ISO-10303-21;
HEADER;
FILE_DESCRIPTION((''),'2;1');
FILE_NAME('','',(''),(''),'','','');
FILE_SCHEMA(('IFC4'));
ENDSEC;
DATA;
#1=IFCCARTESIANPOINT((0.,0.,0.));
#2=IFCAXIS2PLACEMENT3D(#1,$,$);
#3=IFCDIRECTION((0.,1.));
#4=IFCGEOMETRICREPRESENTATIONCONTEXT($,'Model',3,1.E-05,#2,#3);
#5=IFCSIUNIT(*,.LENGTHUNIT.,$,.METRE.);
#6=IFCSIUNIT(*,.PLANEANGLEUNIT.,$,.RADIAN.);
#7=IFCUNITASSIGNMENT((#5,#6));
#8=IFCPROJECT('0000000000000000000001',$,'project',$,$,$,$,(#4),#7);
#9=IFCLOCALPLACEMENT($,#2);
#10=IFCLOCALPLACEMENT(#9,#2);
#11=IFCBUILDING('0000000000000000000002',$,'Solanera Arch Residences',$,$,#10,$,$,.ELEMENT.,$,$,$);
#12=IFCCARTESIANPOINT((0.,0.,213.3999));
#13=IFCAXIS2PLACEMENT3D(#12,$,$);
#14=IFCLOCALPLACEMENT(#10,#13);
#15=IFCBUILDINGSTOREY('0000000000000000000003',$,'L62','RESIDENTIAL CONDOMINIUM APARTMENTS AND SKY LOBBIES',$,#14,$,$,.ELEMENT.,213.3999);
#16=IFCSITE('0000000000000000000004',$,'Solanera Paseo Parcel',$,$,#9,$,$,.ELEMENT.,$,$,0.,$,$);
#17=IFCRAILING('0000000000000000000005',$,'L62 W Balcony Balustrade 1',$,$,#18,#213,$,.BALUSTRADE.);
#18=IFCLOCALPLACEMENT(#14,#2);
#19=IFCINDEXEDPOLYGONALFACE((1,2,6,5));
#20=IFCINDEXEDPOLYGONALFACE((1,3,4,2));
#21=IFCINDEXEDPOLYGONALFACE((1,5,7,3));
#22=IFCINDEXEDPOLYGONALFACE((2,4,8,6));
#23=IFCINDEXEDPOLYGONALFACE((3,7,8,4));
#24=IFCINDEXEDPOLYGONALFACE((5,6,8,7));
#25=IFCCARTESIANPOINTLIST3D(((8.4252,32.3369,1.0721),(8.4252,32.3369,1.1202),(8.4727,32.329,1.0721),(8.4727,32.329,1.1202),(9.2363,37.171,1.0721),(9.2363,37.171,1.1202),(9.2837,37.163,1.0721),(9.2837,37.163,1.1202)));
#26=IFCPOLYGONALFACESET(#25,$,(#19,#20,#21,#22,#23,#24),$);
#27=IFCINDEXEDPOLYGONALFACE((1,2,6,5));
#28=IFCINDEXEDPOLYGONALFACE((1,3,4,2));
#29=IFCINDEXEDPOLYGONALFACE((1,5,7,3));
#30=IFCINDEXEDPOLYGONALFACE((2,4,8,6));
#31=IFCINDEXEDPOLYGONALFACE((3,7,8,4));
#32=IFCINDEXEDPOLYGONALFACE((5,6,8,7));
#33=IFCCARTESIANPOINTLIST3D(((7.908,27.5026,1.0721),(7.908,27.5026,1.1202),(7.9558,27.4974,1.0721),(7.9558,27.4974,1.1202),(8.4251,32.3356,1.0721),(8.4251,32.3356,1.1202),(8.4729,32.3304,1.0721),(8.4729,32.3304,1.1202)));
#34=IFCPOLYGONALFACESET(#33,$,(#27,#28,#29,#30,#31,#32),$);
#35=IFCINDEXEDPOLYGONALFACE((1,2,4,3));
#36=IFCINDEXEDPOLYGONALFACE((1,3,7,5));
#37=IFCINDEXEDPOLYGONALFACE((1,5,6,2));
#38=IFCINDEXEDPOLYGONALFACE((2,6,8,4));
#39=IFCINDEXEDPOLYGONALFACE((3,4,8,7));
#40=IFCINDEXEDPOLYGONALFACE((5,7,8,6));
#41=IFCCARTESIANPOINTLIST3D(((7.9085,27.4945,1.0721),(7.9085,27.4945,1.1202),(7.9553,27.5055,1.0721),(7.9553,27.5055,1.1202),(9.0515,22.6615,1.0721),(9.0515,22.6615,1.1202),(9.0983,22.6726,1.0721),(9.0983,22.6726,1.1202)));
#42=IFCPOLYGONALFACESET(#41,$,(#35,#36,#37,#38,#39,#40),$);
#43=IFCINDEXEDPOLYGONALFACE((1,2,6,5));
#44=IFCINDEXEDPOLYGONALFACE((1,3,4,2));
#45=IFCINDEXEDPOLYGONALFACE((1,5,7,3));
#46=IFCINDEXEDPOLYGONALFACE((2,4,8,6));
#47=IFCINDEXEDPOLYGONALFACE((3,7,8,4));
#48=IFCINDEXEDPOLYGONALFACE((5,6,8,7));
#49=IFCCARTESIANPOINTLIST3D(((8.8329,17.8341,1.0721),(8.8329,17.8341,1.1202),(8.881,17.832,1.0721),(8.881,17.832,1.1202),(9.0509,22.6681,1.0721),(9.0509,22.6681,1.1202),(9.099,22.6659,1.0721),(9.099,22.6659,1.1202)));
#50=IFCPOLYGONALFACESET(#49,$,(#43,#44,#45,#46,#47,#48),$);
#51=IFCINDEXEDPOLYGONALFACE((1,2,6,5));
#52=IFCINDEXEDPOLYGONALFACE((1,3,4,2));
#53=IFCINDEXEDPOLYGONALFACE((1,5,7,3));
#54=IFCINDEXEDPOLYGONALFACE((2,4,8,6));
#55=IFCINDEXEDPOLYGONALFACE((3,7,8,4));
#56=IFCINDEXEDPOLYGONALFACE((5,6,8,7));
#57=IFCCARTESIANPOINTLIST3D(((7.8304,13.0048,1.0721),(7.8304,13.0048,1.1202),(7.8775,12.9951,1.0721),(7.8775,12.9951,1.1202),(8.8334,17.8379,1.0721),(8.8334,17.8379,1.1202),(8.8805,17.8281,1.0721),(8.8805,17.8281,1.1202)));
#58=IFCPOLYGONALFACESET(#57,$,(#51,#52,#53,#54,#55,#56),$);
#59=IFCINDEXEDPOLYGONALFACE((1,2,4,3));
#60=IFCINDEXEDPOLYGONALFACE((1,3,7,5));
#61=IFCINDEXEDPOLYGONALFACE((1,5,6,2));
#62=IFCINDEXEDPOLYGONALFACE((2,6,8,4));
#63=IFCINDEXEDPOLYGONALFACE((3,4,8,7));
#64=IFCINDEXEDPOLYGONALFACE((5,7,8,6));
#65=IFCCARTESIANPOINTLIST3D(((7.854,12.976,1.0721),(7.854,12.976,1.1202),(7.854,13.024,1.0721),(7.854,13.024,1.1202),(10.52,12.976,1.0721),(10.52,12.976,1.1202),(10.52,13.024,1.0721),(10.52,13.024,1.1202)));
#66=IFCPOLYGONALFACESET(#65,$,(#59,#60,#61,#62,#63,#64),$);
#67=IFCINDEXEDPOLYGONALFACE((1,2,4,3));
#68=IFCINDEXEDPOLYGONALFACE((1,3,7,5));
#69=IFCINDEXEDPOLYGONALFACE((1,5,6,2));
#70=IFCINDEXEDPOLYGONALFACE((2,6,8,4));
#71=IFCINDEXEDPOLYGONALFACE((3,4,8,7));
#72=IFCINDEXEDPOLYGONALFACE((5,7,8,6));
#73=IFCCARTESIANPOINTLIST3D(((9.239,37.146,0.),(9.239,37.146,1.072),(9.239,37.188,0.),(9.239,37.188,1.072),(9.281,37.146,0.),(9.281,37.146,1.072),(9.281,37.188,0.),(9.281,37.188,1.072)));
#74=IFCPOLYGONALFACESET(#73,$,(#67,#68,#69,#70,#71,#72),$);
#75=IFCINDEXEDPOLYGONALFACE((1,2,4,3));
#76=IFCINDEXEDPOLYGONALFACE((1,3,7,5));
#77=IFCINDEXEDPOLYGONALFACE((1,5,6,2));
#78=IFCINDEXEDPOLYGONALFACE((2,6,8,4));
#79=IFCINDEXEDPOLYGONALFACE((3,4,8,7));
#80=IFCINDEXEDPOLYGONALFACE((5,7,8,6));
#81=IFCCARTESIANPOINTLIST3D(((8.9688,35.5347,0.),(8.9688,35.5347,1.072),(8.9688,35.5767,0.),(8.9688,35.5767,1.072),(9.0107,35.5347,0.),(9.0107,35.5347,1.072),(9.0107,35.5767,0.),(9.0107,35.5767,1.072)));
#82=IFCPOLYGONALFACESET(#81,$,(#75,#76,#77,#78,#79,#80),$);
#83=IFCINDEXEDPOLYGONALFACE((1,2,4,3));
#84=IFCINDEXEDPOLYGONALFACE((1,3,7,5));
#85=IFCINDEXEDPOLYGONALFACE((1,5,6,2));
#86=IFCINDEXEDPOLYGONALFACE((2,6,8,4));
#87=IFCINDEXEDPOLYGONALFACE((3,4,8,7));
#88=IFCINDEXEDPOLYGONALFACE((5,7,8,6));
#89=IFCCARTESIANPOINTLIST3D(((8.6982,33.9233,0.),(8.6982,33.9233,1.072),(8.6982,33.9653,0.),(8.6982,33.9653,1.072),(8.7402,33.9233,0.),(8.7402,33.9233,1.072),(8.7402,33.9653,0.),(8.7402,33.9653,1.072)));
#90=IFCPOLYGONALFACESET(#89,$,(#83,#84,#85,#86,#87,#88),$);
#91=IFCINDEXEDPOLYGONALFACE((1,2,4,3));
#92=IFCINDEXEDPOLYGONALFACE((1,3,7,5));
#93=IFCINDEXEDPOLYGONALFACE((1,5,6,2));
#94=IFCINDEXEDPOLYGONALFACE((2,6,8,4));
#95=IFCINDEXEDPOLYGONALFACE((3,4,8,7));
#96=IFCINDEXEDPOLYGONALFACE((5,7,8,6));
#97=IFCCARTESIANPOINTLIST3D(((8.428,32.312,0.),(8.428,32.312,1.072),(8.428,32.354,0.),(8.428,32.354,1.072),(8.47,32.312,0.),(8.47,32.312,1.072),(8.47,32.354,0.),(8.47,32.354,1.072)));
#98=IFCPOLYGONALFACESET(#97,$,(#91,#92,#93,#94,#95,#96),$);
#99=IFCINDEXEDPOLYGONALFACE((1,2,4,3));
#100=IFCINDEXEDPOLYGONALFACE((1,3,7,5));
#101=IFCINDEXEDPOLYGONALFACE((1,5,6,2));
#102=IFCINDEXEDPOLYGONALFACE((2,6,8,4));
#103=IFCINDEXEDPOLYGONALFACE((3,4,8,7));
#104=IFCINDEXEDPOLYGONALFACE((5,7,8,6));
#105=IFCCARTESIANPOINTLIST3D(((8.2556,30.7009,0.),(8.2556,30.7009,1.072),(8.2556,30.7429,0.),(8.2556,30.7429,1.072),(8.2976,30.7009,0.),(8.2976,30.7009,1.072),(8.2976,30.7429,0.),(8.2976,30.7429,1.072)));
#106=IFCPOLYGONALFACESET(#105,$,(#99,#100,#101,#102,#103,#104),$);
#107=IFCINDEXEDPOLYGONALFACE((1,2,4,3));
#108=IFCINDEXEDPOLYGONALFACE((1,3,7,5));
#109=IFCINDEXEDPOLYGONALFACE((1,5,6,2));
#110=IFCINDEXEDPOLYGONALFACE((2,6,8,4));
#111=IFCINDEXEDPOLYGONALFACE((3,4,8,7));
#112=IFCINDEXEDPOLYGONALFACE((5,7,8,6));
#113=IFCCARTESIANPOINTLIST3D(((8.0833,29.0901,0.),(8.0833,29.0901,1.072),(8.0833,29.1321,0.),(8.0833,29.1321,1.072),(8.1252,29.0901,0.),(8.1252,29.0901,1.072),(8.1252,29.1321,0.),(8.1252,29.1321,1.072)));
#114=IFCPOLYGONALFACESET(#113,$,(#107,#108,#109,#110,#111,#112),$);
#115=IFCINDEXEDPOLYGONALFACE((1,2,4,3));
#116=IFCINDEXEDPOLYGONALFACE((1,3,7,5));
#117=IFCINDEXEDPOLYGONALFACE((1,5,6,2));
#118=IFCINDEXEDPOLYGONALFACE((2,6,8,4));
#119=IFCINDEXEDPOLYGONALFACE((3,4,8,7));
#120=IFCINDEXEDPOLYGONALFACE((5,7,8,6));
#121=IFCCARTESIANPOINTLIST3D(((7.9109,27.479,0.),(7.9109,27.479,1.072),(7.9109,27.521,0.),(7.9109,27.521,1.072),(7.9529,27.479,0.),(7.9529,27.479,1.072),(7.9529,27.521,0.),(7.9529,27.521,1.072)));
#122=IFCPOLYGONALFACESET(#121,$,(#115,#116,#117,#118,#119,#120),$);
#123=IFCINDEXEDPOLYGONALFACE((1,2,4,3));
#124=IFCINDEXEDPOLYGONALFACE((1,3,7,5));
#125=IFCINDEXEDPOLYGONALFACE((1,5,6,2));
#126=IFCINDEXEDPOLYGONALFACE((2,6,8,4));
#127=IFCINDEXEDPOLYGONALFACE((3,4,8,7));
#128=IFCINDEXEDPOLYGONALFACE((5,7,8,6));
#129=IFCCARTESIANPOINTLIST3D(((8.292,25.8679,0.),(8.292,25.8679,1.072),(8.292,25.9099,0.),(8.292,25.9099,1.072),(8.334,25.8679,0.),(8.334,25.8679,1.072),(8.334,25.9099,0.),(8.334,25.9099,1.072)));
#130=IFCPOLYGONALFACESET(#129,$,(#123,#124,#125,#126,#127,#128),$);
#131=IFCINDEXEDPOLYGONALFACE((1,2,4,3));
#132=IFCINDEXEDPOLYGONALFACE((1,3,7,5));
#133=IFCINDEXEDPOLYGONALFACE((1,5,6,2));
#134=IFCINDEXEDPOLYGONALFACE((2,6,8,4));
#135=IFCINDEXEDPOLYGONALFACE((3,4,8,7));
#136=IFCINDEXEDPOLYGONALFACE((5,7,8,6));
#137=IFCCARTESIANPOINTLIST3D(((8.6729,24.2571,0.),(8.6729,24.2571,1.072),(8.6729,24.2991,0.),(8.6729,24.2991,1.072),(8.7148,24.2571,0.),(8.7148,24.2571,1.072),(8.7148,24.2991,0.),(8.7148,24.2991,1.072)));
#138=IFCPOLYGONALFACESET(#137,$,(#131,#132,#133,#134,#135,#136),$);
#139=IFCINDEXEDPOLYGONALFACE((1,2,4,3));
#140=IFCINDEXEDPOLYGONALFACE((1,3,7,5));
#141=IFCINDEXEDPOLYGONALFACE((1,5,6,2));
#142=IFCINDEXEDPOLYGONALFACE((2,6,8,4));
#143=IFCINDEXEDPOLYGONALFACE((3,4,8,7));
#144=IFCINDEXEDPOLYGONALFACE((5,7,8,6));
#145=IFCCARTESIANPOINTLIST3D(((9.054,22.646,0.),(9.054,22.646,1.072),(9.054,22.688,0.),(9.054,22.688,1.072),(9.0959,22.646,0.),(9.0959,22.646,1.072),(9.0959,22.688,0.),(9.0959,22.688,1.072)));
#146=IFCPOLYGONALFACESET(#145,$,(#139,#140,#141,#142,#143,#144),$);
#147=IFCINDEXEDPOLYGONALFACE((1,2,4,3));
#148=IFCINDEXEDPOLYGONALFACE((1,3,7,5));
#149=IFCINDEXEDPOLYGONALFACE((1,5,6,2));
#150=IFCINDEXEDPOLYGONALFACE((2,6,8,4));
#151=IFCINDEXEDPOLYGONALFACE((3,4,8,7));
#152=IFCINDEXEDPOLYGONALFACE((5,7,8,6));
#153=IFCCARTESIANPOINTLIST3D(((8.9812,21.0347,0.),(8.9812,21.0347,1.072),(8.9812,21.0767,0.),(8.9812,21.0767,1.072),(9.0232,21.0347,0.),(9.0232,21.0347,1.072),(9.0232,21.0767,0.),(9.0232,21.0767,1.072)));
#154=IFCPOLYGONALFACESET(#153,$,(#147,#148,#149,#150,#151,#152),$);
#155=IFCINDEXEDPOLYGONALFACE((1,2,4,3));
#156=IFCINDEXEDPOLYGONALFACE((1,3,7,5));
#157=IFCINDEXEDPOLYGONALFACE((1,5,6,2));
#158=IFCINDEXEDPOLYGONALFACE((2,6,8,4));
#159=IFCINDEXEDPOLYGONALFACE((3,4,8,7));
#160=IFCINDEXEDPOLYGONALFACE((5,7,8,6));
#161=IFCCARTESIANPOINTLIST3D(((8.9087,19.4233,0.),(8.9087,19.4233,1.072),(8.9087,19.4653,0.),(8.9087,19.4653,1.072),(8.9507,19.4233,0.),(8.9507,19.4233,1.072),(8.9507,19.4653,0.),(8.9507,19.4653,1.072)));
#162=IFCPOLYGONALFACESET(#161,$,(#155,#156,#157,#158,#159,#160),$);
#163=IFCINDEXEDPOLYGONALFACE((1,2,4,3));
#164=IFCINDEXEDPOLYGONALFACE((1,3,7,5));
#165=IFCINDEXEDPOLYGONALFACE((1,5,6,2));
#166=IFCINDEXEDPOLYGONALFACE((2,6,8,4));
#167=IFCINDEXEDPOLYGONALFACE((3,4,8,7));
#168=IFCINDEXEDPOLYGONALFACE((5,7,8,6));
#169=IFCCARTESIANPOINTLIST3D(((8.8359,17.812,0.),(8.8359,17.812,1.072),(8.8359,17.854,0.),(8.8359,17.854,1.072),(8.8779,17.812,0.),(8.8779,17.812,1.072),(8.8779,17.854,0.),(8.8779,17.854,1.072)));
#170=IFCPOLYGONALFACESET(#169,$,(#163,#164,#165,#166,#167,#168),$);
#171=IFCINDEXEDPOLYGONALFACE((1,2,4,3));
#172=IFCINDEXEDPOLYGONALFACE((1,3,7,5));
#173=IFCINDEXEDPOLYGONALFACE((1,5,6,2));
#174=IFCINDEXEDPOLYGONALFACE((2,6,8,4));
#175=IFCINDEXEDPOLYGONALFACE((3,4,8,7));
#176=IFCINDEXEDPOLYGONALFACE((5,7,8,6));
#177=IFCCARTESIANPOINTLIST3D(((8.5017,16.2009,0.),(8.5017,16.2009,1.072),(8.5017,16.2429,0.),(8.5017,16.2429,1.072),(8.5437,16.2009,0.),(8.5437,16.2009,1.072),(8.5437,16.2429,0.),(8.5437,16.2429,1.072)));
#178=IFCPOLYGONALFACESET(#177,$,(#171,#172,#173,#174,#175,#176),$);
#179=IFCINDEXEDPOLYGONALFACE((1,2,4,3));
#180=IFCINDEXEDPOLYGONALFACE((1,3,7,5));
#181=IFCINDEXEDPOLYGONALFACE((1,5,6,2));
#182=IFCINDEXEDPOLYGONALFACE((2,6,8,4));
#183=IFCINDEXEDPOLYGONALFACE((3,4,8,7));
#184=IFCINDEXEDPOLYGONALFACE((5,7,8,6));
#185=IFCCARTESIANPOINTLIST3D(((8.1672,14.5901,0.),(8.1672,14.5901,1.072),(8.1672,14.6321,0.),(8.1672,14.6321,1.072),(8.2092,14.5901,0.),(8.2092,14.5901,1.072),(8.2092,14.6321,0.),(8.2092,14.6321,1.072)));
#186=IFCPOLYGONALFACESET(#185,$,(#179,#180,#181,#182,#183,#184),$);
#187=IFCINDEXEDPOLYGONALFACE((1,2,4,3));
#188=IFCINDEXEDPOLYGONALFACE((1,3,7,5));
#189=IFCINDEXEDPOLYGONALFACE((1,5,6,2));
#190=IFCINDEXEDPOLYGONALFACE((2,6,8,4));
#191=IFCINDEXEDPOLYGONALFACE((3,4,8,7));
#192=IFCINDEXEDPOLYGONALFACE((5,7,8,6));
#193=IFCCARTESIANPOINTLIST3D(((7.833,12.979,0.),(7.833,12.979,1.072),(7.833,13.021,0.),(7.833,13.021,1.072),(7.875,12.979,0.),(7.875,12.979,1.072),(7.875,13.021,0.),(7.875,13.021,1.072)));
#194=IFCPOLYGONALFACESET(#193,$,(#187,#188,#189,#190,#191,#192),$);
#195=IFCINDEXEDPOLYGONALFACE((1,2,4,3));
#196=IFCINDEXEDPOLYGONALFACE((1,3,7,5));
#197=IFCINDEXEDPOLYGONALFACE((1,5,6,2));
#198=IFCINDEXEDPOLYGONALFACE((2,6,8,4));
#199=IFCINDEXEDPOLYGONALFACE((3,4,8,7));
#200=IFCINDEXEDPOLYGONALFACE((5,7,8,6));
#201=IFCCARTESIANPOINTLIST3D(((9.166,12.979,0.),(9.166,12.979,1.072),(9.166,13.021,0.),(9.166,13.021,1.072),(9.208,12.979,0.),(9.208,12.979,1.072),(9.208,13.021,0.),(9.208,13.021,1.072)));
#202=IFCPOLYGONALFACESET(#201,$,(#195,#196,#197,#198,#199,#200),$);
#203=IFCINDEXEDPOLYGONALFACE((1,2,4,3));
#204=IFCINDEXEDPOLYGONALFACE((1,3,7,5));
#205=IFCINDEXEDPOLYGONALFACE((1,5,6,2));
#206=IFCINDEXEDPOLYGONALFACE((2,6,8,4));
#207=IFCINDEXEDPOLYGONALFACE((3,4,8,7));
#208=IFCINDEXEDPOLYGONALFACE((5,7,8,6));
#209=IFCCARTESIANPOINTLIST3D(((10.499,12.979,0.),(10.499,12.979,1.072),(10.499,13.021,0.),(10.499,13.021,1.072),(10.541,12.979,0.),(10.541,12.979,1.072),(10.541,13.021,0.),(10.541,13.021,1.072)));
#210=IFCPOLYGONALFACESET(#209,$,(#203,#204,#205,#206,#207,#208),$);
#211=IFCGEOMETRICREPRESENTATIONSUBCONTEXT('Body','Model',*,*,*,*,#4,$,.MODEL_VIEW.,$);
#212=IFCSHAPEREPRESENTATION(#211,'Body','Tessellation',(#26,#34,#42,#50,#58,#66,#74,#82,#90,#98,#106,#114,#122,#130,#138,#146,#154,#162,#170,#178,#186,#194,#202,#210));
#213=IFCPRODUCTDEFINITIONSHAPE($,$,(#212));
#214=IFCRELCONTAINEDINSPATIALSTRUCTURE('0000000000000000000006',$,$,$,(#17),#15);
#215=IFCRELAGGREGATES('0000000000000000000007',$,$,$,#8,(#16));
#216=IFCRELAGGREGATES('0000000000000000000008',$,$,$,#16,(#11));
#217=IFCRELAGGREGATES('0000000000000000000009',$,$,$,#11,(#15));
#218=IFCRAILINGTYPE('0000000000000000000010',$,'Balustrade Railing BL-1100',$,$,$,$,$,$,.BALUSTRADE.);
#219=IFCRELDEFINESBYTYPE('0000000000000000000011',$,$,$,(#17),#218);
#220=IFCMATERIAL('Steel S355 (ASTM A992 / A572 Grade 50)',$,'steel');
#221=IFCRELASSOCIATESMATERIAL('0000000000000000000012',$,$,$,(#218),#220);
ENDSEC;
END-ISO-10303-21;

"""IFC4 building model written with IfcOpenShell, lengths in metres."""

from ifc_helpers import new_model, si_unit, direction, frame, origin, origin_2d, place, context, subcontext, project, spatial, rectangle, extrude, material, type_object, element, save


model = new_model("IFC4")

# Units and contexts
model_context = context("Model", 3, precision=1e-05, world=origin(), true_north=direction((0.0, 1.0)))
body_context = subcontext(model_context, "Body", "Model", "MODEL_VIEW")
ifc_project = project(units=[si_unit("LENGTHUNIT", "METRE"), si_unit("PLANEANGLEUNIT", "RADIAN")], contexts=[model_context])

# Site, building, storey
site_placement = place(None, origin())
site = spatial("IfcSite", under=ifc_project, at=site_placement, Name="Solanera Paseo Parcel", CompositionType="ELEMENT", RefElevation=0.0)
building_placement = place(site_placement, origin())
building = spatial("IfcBuilding", under=site, at=building_placement, Name="Solanera Arch Residences", CompositionType="ELEMENT")
storey_placement = place(building_placement, frame((0.0, 0.0, 213.3999)))
storey = spatial("IfcBuildingStorey", under=building, at=storey_placement, Name="L62", Description="RESIDENTIAL CONDOMINIUM APARTMENTS AND SKY LOBBIES", CompositionType="ELEMENT", Elevation=213.3999)

# Railing
ifc_material_1 = material(Name="Steel S355 (ASTM A992 / A572 Grade 50)", Category="steel")
railing_type_1 = type_object("IfcRailingType", Name="Balustrade Railing BL-1100", PredefinedType="BALUSTRADE", material=ifc_material_1)
railing_1_placement = place(storey_placement, frame((9.26, 37.167, 0.0)))
element("IfcRailing", 1, at=railing_1_placement, inside=storey, type_object=railing_type_1, Name="L62 W Balcony Balustrade 1", PredefinedType="BALUSTRADE", context=body_context, shape_type="SweptSolid", body=[
    extrude(rectangle(XDim=0.0481, YDim=0.0481, at=origin_2d()), frame((0.0, 0.0, 1.0962), z_axis=(-0.165465, -0.986216, 0.0), x_axis=(0.986216, -0.165465, 0.0)), (0.0, 0.0, 1.0), 4.9016),
    extrude(rectangle(XDim=0.0481, YDim=0.0481, at=origin_2d()), frame((-0.811, -4.834, 1.0962), z_axis=(-0.106384, -0.994325, 0.0), x_axis=(0.994325, -0.106384, 0.0)), (0.0, 0.0, 1.0), 4.8606),
    extrude(rectangle(XDim=0.0481, YDim=0.0481, at=origin_2d()), frame((-1.3281, -9.667, 1.0962), z_axis=(0.230163, -0.973152, 0.0), x_axis=(0.973152, 0.230163, 0.0)), (0.0, 0.0, 1.0), 4.9663),
    extrude(rectangle(XDim=0.0481, YDim=0.0481, at=origin_2d()), frame((-0.1851, -14.5, 1.0962), z_axis=(-0.045055, -0.998984, 0.0), x_axis=(0.998984, -0.045055, 0.0)), (0.0, 0.0, 1.0), 4.8389),
    extrude(rectangle(XDim=0.0481, YDim=0.0481, at=origin_2d()), frame((-0.4031, -19.334, 1.0962), z_axis=(-0.203188, -0.97914, 0.0), x_axis=(0.97914, -0.203188, 0.0)), (0.0, 0.0, 1.0), 4.936),
    extrude(rectangle(XDim=0.0481, YDim=0.0481, at=origin_2d()), frame((-1.406, -24.167, 1.0962), z_axis=(1.0, 0.0, 0.0), x_axis=(0.0, 1.0, 0.0)), (0.0, 0.0, 1.0), 2.666),
    extrude(rectangle(XDim=0.042, YDim=0.042, at=origin_2d()), origin(), (0.0, 0.0, 1.0), 1.072),
    extrude(rectangle(XDim=0.042, YDim=0.042, at=origin_2d()), frame((-0.2703, -1.6113, 0.0)), (0.0, 0.0, 1.0), 1.072),
    extrude(rectangle(XDim=0.042, YDim=0.042, at=origin_2d()), frame((-0.5408, -3.2227, 0.0)), (0.0, 0.0, 1.0), 1.072),
    extrude(rectangle(XDim=0.042, YDim=0.042, at=origin_2d()), frame((-0.811, -4.834, 0.0)), (0.0, 0.0, 1.0), 1.072),
    extrude(rectangle(XDim=0.042, YDim=0.042, at=origin_2d()), frame((-0.9834, -6.4451, 0.0)), (0.0, 0.0, 1.0), 1.072),
    extrude(rectangle(XDim=0.042, YDim=0.042, at=origin_2d()), frame((-1.1558, -8.0559, 0.0)), (0.0, 0.0, 1.0), 1.072),
    extrude(rectangle(XDim=0.042, YDim=0.042, at=origin_2d()), frame((-1.3281, -9.667, 0.0)), (0.0, 0.0, 1.0), 1.072),
    extrude(rectangle(XDim=0.042, YDim=0.042, at=origin_2d()), frame((-0.947, -11.2781, 0.0)), (0.0, 0.0, 1.0), 1.072),
    extrude(rectangle(XDim=0.042, YDim=0.042, at=origin_2d()), frame((-0.5662, -12.8889, 0.0)), (0.0, 0.0, 1.0), 1.072),
    extrude(rectangle(XDim=0.042, YDim=0.042, at=origin_2d()), frame((-0.1851, -14.5, 0.0)), (0.0, 0.0, 1.0), 1.072),
    extrude(rectangle(XDim=0.042, YDim=0.042, at=origin_2d()), frame((-0.2578, -16.1113, 0.0)), (0.0, 0.0, 1.0), 1.072),
    extrude(rectangle(XDim=0.042, YDim=0.042, at=origin_2d()), frame((-0.3303, -17.7227, 0.0)), (0.0, 0.0, 1.0), 1.072),
    extrude(rectangle(XDim=0.042, YDim=0.042, at=origin_2d()), frame((-0.4031, -19.334, 0.0)), (0.0, 0.0, 1.0), 1.072),
    extrude(rectangle(XDim=0.042, YDim=0.042, at=origin_2d()), frame((-0.7373, -20.9451, 0.0)), (0.0, 0.0, 1.0), 1.072),
    extrude(rectangle(XDim=0.042, YDim=0.042, at=origin_2d()), frame((-1.0718, -22.5559, 0.0)), (0.0, 0.0, 1.0), 1.072),
    extrude(rectangle(XDim=0.042, YDim=0.042, at=origin_2d()), frame((-1.406, -24.167, 0.0)), (0.0, 0.0, 1.0), 1.072),
    extrude(rectangle(XDim=0.042, YDim=0.042, at=origin_2d()), frame((-0.073, -24.167, 0.0)), (0.0, 0.0, 1.0), 1.072),
    extrude(rectangle(XDim=0.042, YDim=0.042, at=origin_2d()), frame((1.26, -24.167, 0.0)), (0.0, 0.0, 1.0), 1.072),
])

save(model, "model.ifc")
